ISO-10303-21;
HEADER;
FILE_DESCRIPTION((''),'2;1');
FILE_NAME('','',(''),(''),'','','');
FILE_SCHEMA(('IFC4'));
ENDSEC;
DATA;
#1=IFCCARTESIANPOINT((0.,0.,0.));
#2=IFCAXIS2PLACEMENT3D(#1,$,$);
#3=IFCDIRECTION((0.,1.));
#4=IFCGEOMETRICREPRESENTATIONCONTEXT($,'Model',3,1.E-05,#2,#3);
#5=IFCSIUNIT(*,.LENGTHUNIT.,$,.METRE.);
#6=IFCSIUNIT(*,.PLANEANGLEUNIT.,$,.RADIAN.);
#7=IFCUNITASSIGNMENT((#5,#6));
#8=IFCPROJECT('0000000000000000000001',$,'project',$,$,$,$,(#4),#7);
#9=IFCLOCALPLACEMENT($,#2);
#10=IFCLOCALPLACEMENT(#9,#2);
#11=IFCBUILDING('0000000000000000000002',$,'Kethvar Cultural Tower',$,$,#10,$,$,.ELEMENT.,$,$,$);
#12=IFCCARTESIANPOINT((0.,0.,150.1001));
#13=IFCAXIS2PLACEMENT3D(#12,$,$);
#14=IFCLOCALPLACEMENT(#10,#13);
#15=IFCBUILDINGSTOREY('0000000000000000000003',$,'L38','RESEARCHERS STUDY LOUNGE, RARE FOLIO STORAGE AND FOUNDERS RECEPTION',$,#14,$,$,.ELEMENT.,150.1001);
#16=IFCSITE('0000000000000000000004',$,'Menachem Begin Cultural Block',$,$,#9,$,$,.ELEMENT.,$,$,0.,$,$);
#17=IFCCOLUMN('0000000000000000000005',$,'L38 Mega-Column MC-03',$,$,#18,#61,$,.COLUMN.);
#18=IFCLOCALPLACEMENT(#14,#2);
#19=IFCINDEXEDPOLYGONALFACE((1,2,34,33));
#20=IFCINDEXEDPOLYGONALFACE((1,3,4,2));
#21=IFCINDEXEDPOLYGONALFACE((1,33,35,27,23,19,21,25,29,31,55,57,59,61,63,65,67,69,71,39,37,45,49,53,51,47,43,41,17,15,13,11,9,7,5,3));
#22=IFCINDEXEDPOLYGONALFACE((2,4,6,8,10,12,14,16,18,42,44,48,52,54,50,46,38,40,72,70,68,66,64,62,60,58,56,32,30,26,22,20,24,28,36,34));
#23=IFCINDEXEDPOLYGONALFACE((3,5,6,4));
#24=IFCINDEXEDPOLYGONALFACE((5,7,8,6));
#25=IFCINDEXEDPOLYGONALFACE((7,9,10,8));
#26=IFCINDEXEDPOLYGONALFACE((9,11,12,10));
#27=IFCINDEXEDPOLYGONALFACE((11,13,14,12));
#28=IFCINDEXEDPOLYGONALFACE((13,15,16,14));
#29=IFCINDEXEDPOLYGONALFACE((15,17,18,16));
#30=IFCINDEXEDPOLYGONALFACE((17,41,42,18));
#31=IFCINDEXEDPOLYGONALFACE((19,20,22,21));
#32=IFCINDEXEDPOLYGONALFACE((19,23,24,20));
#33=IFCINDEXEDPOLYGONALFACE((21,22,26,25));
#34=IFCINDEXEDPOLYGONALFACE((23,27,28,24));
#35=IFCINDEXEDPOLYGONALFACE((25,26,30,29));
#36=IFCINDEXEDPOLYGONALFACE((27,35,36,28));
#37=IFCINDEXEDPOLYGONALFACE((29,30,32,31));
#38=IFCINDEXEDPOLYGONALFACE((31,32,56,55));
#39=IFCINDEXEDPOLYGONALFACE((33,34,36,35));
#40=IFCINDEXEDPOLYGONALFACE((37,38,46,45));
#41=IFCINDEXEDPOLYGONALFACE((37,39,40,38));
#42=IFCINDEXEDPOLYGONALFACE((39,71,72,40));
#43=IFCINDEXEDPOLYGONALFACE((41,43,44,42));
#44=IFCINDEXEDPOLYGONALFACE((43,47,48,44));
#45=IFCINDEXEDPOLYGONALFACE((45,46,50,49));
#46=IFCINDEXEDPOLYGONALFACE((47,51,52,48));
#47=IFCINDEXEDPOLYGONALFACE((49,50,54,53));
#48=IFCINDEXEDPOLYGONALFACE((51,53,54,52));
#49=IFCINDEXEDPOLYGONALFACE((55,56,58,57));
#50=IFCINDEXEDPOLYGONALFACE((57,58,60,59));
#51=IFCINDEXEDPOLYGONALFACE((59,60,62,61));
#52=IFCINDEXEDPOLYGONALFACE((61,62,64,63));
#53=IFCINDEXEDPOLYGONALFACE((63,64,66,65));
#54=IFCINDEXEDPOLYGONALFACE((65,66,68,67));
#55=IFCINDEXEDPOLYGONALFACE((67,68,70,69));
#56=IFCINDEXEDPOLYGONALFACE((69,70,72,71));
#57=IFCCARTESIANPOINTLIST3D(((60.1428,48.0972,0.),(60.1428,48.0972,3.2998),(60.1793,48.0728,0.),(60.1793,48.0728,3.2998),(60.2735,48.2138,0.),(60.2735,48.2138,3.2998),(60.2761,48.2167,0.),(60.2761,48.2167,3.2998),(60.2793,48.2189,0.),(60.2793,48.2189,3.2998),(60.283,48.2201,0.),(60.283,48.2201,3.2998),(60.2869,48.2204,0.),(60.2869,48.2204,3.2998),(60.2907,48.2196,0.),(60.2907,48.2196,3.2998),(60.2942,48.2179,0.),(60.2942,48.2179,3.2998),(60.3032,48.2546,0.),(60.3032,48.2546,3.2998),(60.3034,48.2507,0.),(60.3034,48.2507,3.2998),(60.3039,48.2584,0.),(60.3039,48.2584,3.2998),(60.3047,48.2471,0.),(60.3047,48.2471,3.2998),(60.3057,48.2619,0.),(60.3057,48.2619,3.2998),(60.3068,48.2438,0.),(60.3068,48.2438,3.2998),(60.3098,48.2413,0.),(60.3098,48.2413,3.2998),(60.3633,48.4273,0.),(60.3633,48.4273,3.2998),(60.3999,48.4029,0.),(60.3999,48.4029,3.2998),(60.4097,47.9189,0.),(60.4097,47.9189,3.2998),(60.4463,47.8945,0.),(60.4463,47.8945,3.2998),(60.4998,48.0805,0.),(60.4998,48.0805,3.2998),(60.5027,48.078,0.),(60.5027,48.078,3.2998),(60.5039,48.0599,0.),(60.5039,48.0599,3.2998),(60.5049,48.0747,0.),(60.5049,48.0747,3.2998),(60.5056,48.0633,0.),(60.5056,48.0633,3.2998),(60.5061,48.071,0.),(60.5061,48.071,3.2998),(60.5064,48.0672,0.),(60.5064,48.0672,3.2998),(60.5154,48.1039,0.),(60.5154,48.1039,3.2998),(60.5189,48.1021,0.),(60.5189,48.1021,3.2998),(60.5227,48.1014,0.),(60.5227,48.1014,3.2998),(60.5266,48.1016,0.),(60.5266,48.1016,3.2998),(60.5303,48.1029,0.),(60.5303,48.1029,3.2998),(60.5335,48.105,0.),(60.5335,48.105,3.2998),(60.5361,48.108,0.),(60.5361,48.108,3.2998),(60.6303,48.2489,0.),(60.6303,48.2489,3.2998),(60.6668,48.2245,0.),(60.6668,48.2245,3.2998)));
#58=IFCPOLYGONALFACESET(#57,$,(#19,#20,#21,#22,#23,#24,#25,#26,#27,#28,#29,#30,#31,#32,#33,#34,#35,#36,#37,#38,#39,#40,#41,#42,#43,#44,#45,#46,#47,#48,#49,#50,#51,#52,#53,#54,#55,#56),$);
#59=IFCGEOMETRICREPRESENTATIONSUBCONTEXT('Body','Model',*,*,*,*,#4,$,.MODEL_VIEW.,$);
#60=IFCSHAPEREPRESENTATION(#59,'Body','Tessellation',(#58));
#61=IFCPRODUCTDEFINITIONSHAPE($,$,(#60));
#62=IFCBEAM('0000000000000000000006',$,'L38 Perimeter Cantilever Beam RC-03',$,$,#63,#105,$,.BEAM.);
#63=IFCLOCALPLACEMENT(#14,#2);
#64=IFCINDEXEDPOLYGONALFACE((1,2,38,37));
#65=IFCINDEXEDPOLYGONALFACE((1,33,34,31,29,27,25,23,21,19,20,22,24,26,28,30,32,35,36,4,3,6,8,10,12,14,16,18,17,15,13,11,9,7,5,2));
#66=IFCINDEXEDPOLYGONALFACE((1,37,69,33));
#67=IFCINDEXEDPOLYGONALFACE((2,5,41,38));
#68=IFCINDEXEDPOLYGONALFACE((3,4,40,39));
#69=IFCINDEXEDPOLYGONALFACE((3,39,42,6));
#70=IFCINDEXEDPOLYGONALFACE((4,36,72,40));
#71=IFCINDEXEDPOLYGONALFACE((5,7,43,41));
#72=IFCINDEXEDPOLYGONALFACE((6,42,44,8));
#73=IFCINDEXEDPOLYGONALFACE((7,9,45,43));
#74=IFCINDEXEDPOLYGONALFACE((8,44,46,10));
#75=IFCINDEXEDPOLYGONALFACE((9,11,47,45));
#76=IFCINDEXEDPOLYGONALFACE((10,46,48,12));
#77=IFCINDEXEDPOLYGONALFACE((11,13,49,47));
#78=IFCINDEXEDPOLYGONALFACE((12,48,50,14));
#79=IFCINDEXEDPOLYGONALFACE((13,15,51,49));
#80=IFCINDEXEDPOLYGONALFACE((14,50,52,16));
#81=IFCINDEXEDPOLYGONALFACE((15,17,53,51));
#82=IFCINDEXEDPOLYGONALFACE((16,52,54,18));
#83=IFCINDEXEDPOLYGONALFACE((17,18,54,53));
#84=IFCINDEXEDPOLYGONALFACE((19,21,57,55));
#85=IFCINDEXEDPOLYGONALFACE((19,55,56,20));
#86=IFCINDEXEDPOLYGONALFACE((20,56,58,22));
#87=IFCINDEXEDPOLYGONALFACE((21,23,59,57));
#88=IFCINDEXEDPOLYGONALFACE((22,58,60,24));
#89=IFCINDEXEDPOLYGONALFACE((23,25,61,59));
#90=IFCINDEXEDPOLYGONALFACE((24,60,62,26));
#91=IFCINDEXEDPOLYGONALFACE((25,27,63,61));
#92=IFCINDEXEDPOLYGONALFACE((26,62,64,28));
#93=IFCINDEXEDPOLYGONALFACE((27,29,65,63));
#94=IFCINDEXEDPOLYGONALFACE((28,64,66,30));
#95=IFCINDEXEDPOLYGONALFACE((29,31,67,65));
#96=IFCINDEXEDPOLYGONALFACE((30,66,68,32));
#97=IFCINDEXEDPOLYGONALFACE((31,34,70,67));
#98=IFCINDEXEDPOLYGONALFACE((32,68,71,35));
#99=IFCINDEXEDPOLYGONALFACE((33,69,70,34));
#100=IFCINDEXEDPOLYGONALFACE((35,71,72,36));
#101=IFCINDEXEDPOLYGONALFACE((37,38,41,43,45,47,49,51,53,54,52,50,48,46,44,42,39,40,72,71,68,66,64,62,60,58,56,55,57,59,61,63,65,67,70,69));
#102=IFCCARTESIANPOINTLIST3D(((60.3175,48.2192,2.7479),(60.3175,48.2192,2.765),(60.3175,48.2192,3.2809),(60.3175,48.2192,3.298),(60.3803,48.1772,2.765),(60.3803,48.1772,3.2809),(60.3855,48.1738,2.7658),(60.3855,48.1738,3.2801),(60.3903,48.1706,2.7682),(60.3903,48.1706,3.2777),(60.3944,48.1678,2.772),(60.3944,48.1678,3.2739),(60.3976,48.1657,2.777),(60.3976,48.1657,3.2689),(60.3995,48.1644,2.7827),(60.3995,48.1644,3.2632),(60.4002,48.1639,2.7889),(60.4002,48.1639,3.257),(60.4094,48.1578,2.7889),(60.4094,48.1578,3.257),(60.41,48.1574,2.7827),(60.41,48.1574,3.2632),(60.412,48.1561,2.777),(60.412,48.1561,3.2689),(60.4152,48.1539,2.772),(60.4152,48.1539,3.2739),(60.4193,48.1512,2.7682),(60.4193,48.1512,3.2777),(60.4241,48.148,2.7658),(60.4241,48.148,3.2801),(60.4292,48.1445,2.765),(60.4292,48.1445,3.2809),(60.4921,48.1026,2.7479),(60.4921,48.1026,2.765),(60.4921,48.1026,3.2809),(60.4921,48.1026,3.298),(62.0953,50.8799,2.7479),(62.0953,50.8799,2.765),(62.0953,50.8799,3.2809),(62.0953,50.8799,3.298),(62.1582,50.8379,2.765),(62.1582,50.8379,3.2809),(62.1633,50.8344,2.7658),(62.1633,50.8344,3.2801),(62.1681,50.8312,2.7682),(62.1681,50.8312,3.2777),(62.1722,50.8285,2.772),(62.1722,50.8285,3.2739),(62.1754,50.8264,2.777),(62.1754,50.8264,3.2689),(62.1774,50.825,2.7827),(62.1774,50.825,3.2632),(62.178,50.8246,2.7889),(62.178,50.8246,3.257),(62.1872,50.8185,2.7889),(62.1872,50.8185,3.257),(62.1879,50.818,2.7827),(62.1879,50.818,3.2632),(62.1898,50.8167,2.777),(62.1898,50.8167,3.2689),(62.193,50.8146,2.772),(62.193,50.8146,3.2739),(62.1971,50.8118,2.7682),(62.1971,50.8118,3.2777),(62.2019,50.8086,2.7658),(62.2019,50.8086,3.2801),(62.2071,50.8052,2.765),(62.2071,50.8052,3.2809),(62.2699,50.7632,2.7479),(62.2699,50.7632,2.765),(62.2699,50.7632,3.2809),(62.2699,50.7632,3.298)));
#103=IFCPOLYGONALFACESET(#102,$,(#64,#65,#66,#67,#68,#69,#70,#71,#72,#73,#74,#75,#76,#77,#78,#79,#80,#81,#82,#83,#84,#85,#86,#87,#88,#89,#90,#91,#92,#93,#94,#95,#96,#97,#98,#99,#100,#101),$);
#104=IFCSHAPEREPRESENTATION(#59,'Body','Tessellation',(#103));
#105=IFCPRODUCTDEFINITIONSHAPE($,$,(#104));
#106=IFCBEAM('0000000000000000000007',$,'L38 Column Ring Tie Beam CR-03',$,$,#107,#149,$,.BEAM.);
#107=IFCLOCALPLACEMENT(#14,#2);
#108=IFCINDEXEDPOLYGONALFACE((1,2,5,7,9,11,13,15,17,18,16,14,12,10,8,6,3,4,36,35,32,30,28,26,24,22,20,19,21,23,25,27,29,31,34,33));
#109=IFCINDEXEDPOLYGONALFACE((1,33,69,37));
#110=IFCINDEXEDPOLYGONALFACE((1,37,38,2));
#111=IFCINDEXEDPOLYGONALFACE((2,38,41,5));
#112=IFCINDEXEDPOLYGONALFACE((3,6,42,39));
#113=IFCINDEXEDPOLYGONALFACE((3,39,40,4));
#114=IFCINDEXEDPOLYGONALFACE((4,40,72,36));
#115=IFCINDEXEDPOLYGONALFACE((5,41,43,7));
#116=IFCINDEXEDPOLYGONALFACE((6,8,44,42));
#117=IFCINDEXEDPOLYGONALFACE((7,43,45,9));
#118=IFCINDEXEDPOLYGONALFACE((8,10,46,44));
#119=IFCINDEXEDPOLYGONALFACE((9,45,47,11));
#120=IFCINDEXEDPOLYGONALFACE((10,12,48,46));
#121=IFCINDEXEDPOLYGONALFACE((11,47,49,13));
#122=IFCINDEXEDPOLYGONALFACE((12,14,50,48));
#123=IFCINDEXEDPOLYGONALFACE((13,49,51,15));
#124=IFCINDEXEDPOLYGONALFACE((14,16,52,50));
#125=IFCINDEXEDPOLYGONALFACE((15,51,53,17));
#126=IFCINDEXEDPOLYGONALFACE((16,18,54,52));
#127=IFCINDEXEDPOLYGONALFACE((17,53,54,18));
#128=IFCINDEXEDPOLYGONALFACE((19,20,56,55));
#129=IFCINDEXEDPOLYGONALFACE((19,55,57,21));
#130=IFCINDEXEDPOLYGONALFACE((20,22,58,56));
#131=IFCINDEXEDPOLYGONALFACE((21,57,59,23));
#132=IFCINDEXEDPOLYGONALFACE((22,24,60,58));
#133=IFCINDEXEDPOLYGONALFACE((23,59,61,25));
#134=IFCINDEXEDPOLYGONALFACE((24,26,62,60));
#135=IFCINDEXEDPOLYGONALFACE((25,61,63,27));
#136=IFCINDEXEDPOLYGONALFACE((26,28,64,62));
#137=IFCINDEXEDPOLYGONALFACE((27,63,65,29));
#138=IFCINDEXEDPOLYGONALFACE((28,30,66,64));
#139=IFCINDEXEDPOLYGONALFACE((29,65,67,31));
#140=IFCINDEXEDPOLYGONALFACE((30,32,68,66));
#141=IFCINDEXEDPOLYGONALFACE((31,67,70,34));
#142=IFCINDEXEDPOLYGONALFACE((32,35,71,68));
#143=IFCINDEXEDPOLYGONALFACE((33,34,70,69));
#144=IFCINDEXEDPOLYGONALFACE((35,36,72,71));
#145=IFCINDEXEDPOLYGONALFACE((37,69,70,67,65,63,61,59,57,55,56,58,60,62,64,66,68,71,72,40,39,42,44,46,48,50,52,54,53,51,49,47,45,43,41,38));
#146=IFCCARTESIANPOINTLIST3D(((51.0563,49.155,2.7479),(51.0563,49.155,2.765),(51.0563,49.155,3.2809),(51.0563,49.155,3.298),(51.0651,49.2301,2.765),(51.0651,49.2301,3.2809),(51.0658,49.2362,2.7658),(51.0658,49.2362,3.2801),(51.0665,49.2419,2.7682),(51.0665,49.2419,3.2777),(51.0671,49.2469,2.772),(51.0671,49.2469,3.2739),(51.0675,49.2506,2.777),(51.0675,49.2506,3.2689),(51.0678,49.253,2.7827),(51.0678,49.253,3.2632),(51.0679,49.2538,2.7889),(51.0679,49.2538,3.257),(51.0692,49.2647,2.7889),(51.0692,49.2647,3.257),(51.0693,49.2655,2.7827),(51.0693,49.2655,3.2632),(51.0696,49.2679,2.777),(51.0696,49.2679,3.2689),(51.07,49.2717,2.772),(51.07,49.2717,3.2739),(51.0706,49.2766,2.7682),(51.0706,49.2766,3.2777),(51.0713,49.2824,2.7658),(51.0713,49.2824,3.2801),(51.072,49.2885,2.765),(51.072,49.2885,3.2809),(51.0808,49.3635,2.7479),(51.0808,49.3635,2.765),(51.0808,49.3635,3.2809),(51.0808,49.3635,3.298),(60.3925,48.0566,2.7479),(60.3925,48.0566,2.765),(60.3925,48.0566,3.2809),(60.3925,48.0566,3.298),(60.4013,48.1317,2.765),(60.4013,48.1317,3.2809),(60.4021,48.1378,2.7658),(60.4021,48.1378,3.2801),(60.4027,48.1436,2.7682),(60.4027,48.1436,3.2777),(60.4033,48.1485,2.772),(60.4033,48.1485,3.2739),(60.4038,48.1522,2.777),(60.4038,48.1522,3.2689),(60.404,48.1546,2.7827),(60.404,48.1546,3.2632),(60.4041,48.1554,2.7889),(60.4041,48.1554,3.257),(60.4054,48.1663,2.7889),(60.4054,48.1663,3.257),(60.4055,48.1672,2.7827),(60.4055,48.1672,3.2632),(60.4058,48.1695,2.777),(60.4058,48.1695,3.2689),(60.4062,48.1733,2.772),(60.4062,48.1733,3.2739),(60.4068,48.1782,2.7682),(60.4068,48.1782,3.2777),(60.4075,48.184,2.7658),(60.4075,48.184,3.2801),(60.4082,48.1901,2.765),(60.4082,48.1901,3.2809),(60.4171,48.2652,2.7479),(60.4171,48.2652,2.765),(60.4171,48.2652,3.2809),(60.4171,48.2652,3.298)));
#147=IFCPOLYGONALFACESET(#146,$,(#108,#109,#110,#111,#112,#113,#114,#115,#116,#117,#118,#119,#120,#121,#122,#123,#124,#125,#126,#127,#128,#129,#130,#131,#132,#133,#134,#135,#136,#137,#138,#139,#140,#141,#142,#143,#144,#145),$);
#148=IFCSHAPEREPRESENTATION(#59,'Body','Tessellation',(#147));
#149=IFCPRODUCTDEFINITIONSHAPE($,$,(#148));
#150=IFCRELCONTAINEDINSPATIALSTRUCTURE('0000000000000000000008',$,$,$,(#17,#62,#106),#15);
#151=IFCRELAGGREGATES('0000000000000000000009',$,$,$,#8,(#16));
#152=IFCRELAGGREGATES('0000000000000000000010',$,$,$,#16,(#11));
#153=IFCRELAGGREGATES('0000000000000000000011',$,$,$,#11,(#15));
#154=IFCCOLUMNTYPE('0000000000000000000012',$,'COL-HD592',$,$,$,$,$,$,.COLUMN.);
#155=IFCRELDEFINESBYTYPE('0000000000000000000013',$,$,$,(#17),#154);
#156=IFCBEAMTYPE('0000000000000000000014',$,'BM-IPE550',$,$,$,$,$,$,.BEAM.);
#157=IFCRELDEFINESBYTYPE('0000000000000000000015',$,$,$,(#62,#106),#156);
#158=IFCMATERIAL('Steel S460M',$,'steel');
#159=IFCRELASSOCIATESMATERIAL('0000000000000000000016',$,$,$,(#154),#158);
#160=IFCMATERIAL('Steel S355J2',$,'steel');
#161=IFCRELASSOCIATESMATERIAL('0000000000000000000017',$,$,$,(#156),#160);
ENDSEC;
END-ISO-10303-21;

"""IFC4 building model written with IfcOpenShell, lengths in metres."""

from ifc_helpers import new_model, si_unit, direction, frame, origin, origin_2d, place, context, subcontext, project, spatial, i_section, extrude, source, transform, mapped, material, material_profile, profile_set, type_object, element, save


model = new_model("IFC4")

# Units and contexts
model_context = context("Model", 3, precision=1e-05, world=origin(), true_north=direction((0.0, 1.0)))
body_context = subcontext(model_context, "Body", "Model", "MODEL_VIEW")
ifc_project = project(units=[si_unit("LENGTHUNIT", "METRE"), si_unit("PLANEANGLEUNIT", "RADIAN")], contexts=[model_context])

# Site, building, storey
site_placement = place(None, origin())
site = spatial("IfcSite", under=ifc_project, at=site_placement, Name="Menachem Begin Cultural Block", CompositionType="ELEMENT", RefElevation=0.0)
building_placement = place(site_placement, origin())
building = spatial("IfcBuilding", under=site, at=building_placement, Name="Kethvar Cultural Tower", CompositionType="ELEMENT")
storey_placement = place(building_placement, frame((0.0, 0.0, 150.1001)))
storey = spatial("IfcBuildingStorey", under=building, at=storey_placement, Name="L38", Description="RESEARCHERS STUDY LOUNGE, RARE FOLIO STORAGE AND FOUNDERS RECEPTION", CompositionType="ELEMENT", Elevation=150.1001)

# Column
ifc_material_1 = material(Name="Steel S460M", Category="steel")
ifc_material_profile_1 = material_profile(ifc_material_1, i_section(OverallWidth=0.397, OverallDepth=0.365, WebThickness=0.0281, FlangeThickness=0.0439, FilletRadius=0.0149, at=origin_2d()), Name="Steel S460M — HD400x592")
ifc_profile_set_1 = profile_set([ifc_material_profile_1], Name="Steel S460M — HD400x592")
column_type = type_object("IfcColumnType", Name="COL-HD592", PredefinedType="COLUMN", material=ifc_profile_set_1)
shared_shape_1 = source(origin(), body_context, "Body", "SweptSolid", [
    extrude(i_section(OverallWidth=0.397, OverallDepth=0.365, WebThickness=0.0281, FlangeThickness=0.0439, FilletRadius=0.0149, at=origin_2d()), origin(), (0.0, 0.0, 1.0), 3.2998),
])
column_placement = place(storey_placement, frame((60.4048, 48.1609, 0.0), z_axis=(0.0, 0.0, 1.0), x_axis=(0.55557, 0.83147, 0.0)))
element("IfcColumn", 1, at=column_placement, inside=storey, type_object=column_type, Name="L38 Mega-Column MC-03", PredefinedType="COLUMN", context=body_context, shape_type="MappedRepresentation", body=[
    mapped(shared_shape_1, transform((0.0, 0.0, 0.0), scale=1.0)),
])

# Beams
ifc_material_2 = material(Name="Steel S355J2", Category="steel")
ifc_material_profile_2 = material_profile(ifc_material_2, i_section(OverallWidth=0.21, OverallDepth=0.55, WebThickness=0.011, FlangeThickness=0.0171, FilletRadius=0.0239, at=origin_2d()), Name="Steel S355J2 — IPE550")
ifc_profile_set_2 = profile_set([ifc_material_profile_2], Name="Steel S355J2 — IPE550")
beam_type_1 = type_object("IfcBeamType", Name="BM-IPE550", PredefinedType="BEAM", material=ifc_profile_set_2)
shared_shape_2 = source(origin(), body_context, "Body", "SweptSolid", [
    extrude(i_section(OverallWidth=0.21, OverallDepth=0.55, WebThickness=0.011, FlangeThickness=0.0171, FilletRadius=0.0239, at=origin_2d()), origin(), (0.0, 0.0, 1.0), 3.2),
])
beam_1_placement = place(storey_placement, frame((60.4048, 48.1609, 3.0229), z_axis=(0.55558, 0.831463, 0.0), x_axis=(-0.831463, 0.55558, 0.0)))
element("IfcBeam", 2, at=beam_1_placement, inside=storey, type_object=beam_type_1, Name="L38 Perimeter Cantilever Beam RC-03", PredefinedType="BEAM", context=body_context, shape_type="MappedRepresentation", body=[
    mapped(shared_shape_2, transform((0.0, 0.0, 0.0), scale=1.0)),
])
shared_shape_3 = source(origin(), body_context, "Body", "SweptSolid", [
    extrude(i_section(OverallWidth=0.21, OverallDepth=0.55, WebThickness=0.011, FlangeThickness=0.0171, FilletRadius=0.0239, at=origin_2d()), origin(), (0.0, 0.0, 1.0), 9.4006),
])
beam_2_placement = place(storey_placement, frame((60.4048, 48.1609, 3.0229), z_axis=(-0.99315, 0.116843, 0.0), x_axis=(-0.116843, -0.99315, 0.0)))
element("IfcBeam", 3, at=beam_2_placement, inside=storey, type_object=beam_type_1, Name="L38 Column Ring Tie Beam CR-03", PredefinedType="BEAM", context=body_context, shape_type="MappedRepresentation", body=[
    mapped(shared_shape_3, transform((0.0, 0.0, 0.0), scale=1.0)),
])

save(model, "model.ifc")
